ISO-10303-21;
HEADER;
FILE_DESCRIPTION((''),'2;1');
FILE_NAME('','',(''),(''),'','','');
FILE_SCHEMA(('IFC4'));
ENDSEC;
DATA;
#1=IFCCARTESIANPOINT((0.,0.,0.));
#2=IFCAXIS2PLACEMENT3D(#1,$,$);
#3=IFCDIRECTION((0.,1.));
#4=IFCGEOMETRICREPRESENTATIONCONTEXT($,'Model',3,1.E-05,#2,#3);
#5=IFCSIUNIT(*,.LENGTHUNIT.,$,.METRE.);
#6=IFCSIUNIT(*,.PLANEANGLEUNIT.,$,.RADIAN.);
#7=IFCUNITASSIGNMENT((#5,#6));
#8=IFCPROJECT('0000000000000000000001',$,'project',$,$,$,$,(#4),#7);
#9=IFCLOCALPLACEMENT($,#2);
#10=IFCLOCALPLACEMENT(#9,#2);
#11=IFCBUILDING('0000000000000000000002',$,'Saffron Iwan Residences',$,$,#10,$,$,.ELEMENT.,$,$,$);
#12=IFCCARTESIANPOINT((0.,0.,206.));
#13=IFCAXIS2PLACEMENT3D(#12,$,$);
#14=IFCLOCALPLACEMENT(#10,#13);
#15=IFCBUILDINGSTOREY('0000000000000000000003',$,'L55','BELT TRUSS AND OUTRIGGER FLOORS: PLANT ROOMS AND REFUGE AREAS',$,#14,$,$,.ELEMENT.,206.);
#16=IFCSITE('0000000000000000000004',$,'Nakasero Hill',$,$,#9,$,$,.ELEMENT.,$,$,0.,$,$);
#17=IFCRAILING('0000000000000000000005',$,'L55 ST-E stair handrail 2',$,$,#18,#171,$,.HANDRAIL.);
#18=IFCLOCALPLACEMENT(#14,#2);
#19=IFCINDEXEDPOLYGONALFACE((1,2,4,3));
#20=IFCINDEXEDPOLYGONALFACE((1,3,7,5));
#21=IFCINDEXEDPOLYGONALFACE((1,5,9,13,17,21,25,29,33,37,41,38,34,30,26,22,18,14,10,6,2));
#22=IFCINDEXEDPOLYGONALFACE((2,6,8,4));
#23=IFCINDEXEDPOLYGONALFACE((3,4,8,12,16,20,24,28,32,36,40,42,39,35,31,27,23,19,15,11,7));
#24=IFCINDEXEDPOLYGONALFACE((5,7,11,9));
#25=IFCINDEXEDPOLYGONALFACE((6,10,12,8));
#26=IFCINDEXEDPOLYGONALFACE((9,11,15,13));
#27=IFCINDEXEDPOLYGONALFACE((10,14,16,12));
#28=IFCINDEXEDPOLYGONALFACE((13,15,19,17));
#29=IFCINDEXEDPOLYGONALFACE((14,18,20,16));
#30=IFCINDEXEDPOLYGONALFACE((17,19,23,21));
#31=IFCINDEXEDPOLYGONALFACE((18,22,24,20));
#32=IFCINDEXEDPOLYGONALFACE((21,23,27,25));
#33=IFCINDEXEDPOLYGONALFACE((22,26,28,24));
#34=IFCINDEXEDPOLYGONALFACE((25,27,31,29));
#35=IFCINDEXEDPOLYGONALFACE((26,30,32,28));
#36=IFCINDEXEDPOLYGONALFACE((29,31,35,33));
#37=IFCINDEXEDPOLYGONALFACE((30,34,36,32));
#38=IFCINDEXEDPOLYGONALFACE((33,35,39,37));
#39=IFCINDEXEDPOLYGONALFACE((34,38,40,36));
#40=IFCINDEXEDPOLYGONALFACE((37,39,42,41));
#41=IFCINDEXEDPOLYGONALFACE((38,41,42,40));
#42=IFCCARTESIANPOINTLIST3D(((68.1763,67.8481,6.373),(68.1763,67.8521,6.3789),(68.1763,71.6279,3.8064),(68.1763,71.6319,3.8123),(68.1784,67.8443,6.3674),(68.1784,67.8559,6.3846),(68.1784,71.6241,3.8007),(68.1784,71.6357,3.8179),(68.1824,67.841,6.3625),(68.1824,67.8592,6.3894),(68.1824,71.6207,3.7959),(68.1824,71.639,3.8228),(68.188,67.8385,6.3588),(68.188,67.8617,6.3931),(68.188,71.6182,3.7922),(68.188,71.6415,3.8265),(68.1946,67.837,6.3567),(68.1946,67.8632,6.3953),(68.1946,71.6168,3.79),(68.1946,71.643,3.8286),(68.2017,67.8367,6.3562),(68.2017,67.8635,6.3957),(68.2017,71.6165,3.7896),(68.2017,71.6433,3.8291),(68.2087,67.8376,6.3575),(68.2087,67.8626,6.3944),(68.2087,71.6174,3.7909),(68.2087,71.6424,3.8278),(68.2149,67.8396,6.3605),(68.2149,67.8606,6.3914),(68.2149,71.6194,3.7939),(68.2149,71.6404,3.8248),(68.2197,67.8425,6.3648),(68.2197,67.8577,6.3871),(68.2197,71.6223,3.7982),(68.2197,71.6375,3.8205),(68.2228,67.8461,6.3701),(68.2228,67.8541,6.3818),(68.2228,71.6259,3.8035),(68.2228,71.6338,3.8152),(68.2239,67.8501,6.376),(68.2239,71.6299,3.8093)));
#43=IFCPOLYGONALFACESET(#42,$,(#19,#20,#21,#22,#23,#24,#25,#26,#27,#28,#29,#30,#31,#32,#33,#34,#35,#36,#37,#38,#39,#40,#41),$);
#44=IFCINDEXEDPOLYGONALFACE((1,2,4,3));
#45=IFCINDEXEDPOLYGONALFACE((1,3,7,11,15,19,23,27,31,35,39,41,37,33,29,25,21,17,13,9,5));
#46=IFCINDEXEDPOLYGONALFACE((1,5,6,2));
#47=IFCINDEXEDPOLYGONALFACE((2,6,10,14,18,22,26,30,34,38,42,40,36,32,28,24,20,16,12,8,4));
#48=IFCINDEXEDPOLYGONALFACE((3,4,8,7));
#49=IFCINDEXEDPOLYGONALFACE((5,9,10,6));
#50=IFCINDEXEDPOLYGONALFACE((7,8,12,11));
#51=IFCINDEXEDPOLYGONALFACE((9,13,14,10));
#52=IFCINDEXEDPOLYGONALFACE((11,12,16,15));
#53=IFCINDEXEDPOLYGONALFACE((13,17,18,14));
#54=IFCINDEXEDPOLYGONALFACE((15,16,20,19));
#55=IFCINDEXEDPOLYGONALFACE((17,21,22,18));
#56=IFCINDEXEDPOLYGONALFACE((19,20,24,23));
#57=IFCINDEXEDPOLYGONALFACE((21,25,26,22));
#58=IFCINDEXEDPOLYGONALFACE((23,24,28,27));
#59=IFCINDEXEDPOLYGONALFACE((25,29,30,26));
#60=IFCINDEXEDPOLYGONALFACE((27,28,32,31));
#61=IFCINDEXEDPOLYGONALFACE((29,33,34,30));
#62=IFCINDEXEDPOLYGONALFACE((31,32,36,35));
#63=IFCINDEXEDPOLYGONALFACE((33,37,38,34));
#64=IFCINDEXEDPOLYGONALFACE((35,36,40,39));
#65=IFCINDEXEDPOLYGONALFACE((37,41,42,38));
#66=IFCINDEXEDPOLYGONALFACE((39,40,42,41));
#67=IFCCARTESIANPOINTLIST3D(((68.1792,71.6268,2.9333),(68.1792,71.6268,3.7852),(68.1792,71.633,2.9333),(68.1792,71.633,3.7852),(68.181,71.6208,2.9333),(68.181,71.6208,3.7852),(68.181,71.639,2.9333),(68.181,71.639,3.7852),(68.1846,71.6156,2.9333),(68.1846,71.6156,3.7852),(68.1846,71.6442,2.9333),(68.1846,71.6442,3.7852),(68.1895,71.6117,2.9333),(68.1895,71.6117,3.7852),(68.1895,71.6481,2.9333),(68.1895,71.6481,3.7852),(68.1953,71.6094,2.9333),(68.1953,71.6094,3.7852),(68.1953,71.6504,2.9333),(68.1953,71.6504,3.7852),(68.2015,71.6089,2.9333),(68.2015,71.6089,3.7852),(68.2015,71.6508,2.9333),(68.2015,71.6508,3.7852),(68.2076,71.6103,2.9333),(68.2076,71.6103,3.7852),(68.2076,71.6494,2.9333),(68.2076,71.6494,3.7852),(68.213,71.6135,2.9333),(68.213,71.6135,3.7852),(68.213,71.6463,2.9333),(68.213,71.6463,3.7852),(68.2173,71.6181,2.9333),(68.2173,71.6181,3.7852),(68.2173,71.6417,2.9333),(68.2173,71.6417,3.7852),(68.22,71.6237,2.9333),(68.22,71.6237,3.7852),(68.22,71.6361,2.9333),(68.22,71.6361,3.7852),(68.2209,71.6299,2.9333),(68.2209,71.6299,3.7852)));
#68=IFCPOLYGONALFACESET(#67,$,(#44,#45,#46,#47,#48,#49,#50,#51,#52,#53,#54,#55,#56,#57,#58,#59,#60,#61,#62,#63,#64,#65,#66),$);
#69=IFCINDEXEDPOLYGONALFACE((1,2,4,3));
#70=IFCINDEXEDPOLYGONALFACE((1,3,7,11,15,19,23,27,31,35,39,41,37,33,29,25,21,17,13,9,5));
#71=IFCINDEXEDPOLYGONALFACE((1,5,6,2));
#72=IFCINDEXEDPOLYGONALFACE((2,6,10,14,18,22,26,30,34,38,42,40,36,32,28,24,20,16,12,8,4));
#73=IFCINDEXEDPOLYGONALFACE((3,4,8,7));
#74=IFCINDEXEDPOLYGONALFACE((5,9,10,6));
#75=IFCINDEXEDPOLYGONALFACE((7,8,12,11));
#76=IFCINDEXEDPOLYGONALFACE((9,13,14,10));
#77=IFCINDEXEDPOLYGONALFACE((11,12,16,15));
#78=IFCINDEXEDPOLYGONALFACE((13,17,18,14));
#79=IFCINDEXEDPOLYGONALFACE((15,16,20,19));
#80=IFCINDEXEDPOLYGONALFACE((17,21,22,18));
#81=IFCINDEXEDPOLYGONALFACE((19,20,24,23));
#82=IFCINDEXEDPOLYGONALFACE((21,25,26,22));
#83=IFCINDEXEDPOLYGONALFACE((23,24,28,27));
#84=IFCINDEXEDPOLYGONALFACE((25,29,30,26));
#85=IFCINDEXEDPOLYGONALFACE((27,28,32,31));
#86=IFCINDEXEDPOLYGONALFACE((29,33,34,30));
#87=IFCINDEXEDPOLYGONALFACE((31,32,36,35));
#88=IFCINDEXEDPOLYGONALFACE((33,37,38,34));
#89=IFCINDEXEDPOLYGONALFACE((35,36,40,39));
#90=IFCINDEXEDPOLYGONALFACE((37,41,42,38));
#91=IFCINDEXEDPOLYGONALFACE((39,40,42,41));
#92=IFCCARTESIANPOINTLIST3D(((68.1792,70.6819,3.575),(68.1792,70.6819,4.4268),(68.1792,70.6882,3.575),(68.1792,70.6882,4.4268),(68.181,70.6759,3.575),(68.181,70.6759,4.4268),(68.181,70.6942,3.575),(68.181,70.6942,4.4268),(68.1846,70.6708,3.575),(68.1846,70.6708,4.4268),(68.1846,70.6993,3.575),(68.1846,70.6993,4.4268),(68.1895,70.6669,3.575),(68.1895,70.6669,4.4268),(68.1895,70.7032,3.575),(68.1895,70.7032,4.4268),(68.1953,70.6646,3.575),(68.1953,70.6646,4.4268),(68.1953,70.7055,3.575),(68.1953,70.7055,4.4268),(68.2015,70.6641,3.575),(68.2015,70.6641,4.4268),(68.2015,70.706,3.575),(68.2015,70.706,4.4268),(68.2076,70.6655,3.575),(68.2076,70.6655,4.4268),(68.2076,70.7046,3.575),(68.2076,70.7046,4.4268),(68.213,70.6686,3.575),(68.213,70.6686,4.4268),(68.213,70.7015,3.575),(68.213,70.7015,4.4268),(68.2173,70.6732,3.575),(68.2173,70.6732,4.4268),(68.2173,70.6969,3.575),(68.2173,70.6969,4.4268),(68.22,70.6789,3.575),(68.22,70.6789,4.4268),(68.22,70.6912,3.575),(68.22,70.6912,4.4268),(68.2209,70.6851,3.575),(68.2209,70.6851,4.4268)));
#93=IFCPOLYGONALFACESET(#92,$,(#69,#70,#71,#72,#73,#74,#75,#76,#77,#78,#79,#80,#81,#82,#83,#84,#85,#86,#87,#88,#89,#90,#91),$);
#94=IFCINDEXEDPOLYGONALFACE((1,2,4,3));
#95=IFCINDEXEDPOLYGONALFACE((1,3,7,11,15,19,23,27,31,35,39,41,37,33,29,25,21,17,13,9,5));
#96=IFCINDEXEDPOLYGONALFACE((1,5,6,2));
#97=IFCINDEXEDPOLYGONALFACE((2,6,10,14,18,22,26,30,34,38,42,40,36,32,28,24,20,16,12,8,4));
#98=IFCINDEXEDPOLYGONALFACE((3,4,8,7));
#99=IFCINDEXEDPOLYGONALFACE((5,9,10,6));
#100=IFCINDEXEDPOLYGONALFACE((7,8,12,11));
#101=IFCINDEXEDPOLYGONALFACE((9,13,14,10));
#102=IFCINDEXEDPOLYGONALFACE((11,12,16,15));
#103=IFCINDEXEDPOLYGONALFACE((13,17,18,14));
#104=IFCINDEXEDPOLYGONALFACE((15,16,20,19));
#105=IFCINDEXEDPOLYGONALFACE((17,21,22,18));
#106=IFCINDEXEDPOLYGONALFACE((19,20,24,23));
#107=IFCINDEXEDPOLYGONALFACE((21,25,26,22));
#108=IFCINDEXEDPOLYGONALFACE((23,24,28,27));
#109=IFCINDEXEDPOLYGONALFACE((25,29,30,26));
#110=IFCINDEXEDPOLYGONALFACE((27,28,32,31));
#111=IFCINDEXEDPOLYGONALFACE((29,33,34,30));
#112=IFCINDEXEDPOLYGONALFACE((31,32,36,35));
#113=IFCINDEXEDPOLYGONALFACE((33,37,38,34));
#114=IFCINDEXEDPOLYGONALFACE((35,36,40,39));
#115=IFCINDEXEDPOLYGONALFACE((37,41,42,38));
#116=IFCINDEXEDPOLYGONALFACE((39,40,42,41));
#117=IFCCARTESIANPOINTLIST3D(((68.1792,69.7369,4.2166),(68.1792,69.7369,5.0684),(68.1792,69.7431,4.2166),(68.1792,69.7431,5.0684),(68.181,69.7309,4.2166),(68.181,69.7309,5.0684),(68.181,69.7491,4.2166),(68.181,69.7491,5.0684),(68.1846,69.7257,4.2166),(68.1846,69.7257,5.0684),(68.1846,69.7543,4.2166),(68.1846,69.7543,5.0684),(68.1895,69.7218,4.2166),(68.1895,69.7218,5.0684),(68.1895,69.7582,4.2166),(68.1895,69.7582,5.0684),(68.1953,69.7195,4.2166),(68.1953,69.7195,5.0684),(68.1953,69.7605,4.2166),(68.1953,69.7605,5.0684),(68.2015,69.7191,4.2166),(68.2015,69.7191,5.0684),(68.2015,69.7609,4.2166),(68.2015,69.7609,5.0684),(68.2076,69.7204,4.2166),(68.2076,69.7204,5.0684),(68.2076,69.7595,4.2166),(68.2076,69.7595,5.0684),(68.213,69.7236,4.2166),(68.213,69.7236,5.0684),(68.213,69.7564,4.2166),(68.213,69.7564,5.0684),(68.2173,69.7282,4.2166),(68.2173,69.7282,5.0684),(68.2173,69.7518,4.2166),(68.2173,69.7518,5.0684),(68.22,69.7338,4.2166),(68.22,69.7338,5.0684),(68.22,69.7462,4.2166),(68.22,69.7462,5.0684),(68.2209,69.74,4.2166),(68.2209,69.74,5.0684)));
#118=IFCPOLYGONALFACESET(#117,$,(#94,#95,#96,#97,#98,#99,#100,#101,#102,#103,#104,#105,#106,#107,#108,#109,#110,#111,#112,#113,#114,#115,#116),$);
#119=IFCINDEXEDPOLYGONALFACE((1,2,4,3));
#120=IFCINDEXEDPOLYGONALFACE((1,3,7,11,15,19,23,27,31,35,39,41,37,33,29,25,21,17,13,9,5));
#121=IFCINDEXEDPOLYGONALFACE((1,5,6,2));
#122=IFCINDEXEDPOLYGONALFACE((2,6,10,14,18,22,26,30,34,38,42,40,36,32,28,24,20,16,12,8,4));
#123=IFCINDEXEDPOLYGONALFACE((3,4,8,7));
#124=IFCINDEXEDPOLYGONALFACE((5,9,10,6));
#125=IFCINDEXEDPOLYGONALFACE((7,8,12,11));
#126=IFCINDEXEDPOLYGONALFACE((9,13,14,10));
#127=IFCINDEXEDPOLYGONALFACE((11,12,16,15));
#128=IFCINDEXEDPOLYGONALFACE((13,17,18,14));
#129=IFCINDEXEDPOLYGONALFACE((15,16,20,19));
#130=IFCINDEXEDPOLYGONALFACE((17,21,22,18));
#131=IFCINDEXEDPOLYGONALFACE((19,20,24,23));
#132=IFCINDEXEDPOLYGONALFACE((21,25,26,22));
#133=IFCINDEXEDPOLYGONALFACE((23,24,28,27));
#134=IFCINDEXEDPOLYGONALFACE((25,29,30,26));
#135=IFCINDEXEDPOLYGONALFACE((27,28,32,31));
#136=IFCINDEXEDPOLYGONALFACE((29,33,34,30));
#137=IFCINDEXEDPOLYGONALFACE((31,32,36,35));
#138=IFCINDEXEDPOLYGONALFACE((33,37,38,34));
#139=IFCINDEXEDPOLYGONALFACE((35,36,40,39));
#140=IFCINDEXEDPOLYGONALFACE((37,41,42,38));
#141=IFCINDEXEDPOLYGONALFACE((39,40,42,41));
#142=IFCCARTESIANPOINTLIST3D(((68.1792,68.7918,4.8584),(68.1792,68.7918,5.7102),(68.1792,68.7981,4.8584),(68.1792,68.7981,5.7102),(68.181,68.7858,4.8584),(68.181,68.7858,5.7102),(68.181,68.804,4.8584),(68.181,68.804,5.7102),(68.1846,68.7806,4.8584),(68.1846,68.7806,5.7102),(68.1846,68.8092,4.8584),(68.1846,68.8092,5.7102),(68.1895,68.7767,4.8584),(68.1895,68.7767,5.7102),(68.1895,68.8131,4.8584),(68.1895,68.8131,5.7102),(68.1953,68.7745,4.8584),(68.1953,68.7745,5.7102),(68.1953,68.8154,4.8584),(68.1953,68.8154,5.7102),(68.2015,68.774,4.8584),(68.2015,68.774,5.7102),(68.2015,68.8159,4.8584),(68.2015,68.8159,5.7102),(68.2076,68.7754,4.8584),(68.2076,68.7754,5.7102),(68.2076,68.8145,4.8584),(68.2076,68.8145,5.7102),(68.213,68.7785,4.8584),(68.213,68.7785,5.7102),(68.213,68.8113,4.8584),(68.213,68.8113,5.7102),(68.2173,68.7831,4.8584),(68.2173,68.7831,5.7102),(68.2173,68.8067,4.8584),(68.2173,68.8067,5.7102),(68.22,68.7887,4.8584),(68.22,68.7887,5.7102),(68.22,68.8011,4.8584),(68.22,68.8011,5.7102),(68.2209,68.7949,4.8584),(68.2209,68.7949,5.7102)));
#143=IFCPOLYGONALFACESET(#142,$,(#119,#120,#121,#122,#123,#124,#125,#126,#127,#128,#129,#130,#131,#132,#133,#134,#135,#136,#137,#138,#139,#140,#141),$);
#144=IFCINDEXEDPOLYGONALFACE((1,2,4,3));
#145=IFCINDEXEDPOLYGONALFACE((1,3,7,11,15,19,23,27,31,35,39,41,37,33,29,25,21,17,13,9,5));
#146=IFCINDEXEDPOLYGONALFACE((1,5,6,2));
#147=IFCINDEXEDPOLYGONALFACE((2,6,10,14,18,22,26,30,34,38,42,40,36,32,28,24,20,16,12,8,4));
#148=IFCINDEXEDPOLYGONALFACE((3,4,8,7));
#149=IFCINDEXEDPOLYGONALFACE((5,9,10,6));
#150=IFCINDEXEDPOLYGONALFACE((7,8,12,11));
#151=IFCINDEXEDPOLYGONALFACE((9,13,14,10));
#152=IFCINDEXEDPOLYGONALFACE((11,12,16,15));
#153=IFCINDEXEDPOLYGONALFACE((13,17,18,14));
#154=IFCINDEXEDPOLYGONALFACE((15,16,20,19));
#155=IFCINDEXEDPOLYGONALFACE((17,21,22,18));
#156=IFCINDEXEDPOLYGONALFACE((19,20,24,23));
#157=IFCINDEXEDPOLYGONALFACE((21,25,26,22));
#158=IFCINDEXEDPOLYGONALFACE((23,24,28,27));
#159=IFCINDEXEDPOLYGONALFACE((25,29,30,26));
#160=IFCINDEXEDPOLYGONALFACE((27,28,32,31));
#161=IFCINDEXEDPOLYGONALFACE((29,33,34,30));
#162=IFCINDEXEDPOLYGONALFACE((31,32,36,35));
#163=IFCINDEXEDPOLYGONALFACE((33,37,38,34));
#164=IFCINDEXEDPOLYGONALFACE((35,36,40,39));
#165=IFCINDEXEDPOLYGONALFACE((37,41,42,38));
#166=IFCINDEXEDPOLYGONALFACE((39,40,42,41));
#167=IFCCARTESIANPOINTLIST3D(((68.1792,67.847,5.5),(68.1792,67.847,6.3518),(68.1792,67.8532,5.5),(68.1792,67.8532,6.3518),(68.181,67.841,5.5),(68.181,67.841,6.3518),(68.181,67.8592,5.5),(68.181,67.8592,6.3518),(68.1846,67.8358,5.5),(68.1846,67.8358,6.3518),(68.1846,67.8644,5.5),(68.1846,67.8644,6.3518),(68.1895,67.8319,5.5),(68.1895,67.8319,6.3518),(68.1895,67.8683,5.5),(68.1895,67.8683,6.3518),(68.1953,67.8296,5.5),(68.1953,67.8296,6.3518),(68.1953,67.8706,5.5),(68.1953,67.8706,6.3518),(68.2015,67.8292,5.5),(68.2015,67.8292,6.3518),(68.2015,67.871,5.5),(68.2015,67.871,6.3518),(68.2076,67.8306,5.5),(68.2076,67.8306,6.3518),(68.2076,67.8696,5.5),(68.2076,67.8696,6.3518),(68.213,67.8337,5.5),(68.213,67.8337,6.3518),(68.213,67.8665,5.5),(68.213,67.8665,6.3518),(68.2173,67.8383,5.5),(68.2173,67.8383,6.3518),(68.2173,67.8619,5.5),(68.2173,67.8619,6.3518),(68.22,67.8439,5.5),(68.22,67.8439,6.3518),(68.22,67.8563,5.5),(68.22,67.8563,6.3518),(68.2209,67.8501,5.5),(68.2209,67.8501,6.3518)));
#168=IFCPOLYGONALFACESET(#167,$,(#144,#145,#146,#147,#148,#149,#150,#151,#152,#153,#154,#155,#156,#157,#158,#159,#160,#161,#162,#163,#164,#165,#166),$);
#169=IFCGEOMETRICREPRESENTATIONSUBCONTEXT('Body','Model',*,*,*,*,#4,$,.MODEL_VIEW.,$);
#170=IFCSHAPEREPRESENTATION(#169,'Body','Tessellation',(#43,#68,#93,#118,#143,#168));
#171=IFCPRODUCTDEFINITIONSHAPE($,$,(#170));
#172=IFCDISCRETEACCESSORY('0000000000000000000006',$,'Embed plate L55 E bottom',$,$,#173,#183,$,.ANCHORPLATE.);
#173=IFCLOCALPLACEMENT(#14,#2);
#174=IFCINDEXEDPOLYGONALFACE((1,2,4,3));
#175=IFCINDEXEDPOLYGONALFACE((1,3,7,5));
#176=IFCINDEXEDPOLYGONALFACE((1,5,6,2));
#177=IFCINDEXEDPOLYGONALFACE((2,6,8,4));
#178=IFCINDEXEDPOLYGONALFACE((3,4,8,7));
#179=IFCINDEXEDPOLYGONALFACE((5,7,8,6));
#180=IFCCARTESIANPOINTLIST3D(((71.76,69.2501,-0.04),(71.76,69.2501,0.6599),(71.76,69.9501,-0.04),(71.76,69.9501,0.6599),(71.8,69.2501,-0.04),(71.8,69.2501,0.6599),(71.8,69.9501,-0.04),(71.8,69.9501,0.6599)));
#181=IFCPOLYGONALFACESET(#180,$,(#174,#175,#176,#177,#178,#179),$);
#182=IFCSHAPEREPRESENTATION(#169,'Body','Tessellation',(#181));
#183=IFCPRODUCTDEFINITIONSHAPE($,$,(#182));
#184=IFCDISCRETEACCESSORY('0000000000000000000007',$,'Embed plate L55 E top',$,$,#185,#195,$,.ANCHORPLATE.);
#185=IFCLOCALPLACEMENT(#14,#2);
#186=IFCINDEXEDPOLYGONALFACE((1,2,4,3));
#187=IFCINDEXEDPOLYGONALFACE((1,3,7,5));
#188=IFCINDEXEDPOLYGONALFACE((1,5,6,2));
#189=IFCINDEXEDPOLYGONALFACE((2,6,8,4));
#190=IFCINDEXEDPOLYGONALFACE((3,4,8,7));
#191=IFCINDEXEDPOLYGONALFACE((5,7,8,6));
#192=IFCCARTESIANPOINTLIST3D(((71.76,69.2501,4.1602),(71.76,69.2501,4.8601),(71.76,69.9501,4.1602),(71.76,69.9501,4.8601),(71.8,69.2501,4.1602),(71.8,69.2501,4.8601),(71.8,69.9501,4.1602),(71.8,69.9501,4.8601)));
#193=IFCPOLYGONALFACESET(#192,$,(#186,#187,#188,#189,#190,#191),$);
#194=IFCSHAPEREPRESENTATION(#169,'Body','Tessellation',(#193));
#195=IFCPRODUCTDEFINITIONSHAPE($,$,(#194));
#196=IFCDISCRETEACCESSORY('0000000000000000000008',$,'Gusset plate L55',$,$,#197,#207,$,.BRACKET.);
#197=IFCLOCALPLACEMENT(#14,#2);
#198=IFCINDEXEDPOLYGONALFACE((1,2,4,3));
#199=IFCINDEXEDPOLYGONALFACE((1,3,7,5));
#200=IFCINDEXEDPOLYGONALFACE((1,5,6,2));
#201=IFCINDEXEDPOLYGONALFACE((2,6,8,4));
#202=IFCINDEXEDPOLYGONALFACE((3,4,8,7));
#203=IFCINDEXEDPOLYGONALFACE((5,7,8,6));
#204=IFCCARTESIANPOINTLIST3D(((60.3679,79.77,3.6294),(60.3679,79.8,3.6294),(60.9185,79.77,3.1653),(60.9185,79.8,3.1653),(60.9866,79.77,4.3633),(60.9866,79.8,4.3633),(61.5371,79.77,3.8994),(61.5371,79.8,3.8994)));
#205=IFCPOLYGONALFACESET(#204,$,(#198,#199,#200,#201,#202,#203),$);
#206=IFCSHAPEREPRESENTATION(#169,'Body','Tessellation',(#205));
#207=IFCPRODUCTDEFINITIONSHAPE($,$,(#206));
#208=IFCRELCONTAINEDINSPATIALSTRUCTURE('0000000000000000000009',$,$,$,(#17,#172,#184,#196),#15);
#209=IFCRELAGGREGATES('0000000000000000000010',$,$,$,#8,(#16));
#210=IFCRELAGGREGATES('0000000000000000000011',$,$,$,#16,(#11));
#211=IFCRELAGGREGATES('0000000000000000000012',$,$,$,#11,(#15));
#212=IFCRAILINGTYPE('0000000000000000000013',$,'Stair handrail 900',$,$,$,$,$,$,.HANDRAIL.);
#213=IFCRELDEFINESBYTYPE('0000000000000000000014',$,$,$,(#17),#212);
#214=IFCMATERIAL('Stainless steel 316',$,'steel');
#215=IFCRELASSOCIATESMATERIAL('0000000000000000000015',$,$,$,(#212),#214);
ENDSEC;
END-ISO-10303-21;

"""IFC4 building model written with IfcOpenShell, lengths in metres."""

from ifc_helpers import new_model, si_unit, direction, frame, origin, origin_2d, place, context, subcontext, project, spatial, polyline, rectangle, circle, outline, extrude, source, transform, mapped, material, type_object, element, save


model = new_model("IFC4")

# Units and contexts
model_context = context("Model", 3, precision=1e-05, world=origin(), true_north=direction((0.0, 1.0)))
body_context = subcontext(model_context, "Body", "Model", "MODEL_VIEW")
ifc_project = project(units=[si_unit("LENGTHUNIT", "METRE"), si_unit("PLANEANGLEUNIT", "RADIAN")], contexts=[model_context])

# Site, building, storey
site_placement = place(None, origin())
site = spatial("IfcSite", under=ifc_project, at=site_placement, Name="Nakasero Hill", CompositionType="ELEMENT", RefElevation=0.0)
building_placement = place(site_placement, origin())
building = spatial("IfcBuilding", under=site, at=building_placement, Name="Saffron Iwan Residences", CompositionType="ELEMENT")
storey_placement = place(building_placement, frame((0.0, 0.0, 206.0)))
storey = spatial("IfcBuildingStorey", under=building, at=storey_placement, Name="L55", Description="BELT TRUSS AND OUTRIGGER FLOORS: PLANT ROOMS AND REFUGE AREAS", CompositionType="ELEMENT", Elevation=206.0)

# Railing
ifc_material_1 = material(Name="Stainless steel 316", Category="steel")
railing_type = type_object("IfcRailingType", Name="Stair handrail 900", PredefinedType="HANDRAIL", material=ifc_material_1)
railing_placement = place(storey_placement, frame((68.2, 71.6299, 2.9333)))
element("IfcRailing", 1, at=railing_placement, inside=storey, type_object=railing_type, Name="L55 ST-E stair handrail 2", PredefinedType="HANDRAIL", context=body_context, shape_type="SweptSolid", body=[
    extrude(circle(Radius=0.0239, at=origin_2d()), frame((0.0, 0.0, 0.876), z_axis=(0.0, -0.827293, 0.561771), x_axis=(1.0, 0.0, 0.0)), (0.0, 0.0, 1.0), 4.5688),
    extrude(circle(Radius=0.021, at=origin_2d()), origin(), (0.0, 0.0, 1.0), 0.8518),
    extrude(circle(Radius=0.021, at=origin_2d()), frame((0.0, -0.9448, 0.6416)), (0.0, 0.0, 1.0), 0.8518),
    extrude(circle(Radius=0.021, at=origin_2d()), frame((0.0, -1.8899, 1.2832)), (0.0, 0.0, 1.0), 0.8518),
    extrude(circle(Radius=0.021, at=origin_2d()), frame((0.0, -2.835, 1.925)), (0.0, 0.0, 1.0), 0.8518),
    extrude(circle(Radius=0.021, at=origin_2d()), frame((0.0, -3.7798, 2.5667)), (0.0, 0.0, 1.0), 0.8518),
])

# Discrete accessories
shared_shape_1 = source(origin(), body_context, "Body", "SweptSolid", [
    extrude(rectangle(XDim=0.04, YDim=0.7, at=origin_2d()), origin(), (0.0, 0.0, 1.0), 0.7),
])
for number, where, z_axis, x_axis, name in (
    (2, (71.78, 69.6001, -0.04), (0.0, 0.0, 1.0), (1.0, 0.0, 0.0), "Embed plate L55 E bottom"),
    (3, (71.78, 69.6001, 4.1602), (0.0, 0.0, 1.0), (1.0, 0.0, 0.0), "Embed plate L55 E top"),
):
    element("IfcDiscreteAccessory", number, at=place(storey_placement, frame(where, z_axis=z_axis, x_axis=x_axis)), inside=storey, Name=name, PredefinedType="ANCHORPLATE", context=body_context, shape_type="MappedRepresentation", body=[
        mapped(shared_shape_1, transform((0.0, 0.0, 0.0))),
    ])
discrete_accessory_1_placement = place(storey_placement, frame((61.5371, 79.8, 3.8994), z_axis=(0.0, 1.0, 0.0), x_axis=(-0.644402, 0.0, -0.764687)))
element("IfcDiscreteAccessory", 4, at=discrete_accessory_1_placement, inside=storey, Name="Gusset plate L55", PredefinedType="BRACKET", context=body_context, shape_type="SweptSolid", body=[
    extrude(outline(polyline([(0.0, 0.0), (0.96, 0.0), (0.9599, 0.7201), (0.0001, 0.7199), (0.0, 0.0)])), origin(), (0.0, 0.0, -1.0), 0.03),
])

save(model, "model.ifc")
